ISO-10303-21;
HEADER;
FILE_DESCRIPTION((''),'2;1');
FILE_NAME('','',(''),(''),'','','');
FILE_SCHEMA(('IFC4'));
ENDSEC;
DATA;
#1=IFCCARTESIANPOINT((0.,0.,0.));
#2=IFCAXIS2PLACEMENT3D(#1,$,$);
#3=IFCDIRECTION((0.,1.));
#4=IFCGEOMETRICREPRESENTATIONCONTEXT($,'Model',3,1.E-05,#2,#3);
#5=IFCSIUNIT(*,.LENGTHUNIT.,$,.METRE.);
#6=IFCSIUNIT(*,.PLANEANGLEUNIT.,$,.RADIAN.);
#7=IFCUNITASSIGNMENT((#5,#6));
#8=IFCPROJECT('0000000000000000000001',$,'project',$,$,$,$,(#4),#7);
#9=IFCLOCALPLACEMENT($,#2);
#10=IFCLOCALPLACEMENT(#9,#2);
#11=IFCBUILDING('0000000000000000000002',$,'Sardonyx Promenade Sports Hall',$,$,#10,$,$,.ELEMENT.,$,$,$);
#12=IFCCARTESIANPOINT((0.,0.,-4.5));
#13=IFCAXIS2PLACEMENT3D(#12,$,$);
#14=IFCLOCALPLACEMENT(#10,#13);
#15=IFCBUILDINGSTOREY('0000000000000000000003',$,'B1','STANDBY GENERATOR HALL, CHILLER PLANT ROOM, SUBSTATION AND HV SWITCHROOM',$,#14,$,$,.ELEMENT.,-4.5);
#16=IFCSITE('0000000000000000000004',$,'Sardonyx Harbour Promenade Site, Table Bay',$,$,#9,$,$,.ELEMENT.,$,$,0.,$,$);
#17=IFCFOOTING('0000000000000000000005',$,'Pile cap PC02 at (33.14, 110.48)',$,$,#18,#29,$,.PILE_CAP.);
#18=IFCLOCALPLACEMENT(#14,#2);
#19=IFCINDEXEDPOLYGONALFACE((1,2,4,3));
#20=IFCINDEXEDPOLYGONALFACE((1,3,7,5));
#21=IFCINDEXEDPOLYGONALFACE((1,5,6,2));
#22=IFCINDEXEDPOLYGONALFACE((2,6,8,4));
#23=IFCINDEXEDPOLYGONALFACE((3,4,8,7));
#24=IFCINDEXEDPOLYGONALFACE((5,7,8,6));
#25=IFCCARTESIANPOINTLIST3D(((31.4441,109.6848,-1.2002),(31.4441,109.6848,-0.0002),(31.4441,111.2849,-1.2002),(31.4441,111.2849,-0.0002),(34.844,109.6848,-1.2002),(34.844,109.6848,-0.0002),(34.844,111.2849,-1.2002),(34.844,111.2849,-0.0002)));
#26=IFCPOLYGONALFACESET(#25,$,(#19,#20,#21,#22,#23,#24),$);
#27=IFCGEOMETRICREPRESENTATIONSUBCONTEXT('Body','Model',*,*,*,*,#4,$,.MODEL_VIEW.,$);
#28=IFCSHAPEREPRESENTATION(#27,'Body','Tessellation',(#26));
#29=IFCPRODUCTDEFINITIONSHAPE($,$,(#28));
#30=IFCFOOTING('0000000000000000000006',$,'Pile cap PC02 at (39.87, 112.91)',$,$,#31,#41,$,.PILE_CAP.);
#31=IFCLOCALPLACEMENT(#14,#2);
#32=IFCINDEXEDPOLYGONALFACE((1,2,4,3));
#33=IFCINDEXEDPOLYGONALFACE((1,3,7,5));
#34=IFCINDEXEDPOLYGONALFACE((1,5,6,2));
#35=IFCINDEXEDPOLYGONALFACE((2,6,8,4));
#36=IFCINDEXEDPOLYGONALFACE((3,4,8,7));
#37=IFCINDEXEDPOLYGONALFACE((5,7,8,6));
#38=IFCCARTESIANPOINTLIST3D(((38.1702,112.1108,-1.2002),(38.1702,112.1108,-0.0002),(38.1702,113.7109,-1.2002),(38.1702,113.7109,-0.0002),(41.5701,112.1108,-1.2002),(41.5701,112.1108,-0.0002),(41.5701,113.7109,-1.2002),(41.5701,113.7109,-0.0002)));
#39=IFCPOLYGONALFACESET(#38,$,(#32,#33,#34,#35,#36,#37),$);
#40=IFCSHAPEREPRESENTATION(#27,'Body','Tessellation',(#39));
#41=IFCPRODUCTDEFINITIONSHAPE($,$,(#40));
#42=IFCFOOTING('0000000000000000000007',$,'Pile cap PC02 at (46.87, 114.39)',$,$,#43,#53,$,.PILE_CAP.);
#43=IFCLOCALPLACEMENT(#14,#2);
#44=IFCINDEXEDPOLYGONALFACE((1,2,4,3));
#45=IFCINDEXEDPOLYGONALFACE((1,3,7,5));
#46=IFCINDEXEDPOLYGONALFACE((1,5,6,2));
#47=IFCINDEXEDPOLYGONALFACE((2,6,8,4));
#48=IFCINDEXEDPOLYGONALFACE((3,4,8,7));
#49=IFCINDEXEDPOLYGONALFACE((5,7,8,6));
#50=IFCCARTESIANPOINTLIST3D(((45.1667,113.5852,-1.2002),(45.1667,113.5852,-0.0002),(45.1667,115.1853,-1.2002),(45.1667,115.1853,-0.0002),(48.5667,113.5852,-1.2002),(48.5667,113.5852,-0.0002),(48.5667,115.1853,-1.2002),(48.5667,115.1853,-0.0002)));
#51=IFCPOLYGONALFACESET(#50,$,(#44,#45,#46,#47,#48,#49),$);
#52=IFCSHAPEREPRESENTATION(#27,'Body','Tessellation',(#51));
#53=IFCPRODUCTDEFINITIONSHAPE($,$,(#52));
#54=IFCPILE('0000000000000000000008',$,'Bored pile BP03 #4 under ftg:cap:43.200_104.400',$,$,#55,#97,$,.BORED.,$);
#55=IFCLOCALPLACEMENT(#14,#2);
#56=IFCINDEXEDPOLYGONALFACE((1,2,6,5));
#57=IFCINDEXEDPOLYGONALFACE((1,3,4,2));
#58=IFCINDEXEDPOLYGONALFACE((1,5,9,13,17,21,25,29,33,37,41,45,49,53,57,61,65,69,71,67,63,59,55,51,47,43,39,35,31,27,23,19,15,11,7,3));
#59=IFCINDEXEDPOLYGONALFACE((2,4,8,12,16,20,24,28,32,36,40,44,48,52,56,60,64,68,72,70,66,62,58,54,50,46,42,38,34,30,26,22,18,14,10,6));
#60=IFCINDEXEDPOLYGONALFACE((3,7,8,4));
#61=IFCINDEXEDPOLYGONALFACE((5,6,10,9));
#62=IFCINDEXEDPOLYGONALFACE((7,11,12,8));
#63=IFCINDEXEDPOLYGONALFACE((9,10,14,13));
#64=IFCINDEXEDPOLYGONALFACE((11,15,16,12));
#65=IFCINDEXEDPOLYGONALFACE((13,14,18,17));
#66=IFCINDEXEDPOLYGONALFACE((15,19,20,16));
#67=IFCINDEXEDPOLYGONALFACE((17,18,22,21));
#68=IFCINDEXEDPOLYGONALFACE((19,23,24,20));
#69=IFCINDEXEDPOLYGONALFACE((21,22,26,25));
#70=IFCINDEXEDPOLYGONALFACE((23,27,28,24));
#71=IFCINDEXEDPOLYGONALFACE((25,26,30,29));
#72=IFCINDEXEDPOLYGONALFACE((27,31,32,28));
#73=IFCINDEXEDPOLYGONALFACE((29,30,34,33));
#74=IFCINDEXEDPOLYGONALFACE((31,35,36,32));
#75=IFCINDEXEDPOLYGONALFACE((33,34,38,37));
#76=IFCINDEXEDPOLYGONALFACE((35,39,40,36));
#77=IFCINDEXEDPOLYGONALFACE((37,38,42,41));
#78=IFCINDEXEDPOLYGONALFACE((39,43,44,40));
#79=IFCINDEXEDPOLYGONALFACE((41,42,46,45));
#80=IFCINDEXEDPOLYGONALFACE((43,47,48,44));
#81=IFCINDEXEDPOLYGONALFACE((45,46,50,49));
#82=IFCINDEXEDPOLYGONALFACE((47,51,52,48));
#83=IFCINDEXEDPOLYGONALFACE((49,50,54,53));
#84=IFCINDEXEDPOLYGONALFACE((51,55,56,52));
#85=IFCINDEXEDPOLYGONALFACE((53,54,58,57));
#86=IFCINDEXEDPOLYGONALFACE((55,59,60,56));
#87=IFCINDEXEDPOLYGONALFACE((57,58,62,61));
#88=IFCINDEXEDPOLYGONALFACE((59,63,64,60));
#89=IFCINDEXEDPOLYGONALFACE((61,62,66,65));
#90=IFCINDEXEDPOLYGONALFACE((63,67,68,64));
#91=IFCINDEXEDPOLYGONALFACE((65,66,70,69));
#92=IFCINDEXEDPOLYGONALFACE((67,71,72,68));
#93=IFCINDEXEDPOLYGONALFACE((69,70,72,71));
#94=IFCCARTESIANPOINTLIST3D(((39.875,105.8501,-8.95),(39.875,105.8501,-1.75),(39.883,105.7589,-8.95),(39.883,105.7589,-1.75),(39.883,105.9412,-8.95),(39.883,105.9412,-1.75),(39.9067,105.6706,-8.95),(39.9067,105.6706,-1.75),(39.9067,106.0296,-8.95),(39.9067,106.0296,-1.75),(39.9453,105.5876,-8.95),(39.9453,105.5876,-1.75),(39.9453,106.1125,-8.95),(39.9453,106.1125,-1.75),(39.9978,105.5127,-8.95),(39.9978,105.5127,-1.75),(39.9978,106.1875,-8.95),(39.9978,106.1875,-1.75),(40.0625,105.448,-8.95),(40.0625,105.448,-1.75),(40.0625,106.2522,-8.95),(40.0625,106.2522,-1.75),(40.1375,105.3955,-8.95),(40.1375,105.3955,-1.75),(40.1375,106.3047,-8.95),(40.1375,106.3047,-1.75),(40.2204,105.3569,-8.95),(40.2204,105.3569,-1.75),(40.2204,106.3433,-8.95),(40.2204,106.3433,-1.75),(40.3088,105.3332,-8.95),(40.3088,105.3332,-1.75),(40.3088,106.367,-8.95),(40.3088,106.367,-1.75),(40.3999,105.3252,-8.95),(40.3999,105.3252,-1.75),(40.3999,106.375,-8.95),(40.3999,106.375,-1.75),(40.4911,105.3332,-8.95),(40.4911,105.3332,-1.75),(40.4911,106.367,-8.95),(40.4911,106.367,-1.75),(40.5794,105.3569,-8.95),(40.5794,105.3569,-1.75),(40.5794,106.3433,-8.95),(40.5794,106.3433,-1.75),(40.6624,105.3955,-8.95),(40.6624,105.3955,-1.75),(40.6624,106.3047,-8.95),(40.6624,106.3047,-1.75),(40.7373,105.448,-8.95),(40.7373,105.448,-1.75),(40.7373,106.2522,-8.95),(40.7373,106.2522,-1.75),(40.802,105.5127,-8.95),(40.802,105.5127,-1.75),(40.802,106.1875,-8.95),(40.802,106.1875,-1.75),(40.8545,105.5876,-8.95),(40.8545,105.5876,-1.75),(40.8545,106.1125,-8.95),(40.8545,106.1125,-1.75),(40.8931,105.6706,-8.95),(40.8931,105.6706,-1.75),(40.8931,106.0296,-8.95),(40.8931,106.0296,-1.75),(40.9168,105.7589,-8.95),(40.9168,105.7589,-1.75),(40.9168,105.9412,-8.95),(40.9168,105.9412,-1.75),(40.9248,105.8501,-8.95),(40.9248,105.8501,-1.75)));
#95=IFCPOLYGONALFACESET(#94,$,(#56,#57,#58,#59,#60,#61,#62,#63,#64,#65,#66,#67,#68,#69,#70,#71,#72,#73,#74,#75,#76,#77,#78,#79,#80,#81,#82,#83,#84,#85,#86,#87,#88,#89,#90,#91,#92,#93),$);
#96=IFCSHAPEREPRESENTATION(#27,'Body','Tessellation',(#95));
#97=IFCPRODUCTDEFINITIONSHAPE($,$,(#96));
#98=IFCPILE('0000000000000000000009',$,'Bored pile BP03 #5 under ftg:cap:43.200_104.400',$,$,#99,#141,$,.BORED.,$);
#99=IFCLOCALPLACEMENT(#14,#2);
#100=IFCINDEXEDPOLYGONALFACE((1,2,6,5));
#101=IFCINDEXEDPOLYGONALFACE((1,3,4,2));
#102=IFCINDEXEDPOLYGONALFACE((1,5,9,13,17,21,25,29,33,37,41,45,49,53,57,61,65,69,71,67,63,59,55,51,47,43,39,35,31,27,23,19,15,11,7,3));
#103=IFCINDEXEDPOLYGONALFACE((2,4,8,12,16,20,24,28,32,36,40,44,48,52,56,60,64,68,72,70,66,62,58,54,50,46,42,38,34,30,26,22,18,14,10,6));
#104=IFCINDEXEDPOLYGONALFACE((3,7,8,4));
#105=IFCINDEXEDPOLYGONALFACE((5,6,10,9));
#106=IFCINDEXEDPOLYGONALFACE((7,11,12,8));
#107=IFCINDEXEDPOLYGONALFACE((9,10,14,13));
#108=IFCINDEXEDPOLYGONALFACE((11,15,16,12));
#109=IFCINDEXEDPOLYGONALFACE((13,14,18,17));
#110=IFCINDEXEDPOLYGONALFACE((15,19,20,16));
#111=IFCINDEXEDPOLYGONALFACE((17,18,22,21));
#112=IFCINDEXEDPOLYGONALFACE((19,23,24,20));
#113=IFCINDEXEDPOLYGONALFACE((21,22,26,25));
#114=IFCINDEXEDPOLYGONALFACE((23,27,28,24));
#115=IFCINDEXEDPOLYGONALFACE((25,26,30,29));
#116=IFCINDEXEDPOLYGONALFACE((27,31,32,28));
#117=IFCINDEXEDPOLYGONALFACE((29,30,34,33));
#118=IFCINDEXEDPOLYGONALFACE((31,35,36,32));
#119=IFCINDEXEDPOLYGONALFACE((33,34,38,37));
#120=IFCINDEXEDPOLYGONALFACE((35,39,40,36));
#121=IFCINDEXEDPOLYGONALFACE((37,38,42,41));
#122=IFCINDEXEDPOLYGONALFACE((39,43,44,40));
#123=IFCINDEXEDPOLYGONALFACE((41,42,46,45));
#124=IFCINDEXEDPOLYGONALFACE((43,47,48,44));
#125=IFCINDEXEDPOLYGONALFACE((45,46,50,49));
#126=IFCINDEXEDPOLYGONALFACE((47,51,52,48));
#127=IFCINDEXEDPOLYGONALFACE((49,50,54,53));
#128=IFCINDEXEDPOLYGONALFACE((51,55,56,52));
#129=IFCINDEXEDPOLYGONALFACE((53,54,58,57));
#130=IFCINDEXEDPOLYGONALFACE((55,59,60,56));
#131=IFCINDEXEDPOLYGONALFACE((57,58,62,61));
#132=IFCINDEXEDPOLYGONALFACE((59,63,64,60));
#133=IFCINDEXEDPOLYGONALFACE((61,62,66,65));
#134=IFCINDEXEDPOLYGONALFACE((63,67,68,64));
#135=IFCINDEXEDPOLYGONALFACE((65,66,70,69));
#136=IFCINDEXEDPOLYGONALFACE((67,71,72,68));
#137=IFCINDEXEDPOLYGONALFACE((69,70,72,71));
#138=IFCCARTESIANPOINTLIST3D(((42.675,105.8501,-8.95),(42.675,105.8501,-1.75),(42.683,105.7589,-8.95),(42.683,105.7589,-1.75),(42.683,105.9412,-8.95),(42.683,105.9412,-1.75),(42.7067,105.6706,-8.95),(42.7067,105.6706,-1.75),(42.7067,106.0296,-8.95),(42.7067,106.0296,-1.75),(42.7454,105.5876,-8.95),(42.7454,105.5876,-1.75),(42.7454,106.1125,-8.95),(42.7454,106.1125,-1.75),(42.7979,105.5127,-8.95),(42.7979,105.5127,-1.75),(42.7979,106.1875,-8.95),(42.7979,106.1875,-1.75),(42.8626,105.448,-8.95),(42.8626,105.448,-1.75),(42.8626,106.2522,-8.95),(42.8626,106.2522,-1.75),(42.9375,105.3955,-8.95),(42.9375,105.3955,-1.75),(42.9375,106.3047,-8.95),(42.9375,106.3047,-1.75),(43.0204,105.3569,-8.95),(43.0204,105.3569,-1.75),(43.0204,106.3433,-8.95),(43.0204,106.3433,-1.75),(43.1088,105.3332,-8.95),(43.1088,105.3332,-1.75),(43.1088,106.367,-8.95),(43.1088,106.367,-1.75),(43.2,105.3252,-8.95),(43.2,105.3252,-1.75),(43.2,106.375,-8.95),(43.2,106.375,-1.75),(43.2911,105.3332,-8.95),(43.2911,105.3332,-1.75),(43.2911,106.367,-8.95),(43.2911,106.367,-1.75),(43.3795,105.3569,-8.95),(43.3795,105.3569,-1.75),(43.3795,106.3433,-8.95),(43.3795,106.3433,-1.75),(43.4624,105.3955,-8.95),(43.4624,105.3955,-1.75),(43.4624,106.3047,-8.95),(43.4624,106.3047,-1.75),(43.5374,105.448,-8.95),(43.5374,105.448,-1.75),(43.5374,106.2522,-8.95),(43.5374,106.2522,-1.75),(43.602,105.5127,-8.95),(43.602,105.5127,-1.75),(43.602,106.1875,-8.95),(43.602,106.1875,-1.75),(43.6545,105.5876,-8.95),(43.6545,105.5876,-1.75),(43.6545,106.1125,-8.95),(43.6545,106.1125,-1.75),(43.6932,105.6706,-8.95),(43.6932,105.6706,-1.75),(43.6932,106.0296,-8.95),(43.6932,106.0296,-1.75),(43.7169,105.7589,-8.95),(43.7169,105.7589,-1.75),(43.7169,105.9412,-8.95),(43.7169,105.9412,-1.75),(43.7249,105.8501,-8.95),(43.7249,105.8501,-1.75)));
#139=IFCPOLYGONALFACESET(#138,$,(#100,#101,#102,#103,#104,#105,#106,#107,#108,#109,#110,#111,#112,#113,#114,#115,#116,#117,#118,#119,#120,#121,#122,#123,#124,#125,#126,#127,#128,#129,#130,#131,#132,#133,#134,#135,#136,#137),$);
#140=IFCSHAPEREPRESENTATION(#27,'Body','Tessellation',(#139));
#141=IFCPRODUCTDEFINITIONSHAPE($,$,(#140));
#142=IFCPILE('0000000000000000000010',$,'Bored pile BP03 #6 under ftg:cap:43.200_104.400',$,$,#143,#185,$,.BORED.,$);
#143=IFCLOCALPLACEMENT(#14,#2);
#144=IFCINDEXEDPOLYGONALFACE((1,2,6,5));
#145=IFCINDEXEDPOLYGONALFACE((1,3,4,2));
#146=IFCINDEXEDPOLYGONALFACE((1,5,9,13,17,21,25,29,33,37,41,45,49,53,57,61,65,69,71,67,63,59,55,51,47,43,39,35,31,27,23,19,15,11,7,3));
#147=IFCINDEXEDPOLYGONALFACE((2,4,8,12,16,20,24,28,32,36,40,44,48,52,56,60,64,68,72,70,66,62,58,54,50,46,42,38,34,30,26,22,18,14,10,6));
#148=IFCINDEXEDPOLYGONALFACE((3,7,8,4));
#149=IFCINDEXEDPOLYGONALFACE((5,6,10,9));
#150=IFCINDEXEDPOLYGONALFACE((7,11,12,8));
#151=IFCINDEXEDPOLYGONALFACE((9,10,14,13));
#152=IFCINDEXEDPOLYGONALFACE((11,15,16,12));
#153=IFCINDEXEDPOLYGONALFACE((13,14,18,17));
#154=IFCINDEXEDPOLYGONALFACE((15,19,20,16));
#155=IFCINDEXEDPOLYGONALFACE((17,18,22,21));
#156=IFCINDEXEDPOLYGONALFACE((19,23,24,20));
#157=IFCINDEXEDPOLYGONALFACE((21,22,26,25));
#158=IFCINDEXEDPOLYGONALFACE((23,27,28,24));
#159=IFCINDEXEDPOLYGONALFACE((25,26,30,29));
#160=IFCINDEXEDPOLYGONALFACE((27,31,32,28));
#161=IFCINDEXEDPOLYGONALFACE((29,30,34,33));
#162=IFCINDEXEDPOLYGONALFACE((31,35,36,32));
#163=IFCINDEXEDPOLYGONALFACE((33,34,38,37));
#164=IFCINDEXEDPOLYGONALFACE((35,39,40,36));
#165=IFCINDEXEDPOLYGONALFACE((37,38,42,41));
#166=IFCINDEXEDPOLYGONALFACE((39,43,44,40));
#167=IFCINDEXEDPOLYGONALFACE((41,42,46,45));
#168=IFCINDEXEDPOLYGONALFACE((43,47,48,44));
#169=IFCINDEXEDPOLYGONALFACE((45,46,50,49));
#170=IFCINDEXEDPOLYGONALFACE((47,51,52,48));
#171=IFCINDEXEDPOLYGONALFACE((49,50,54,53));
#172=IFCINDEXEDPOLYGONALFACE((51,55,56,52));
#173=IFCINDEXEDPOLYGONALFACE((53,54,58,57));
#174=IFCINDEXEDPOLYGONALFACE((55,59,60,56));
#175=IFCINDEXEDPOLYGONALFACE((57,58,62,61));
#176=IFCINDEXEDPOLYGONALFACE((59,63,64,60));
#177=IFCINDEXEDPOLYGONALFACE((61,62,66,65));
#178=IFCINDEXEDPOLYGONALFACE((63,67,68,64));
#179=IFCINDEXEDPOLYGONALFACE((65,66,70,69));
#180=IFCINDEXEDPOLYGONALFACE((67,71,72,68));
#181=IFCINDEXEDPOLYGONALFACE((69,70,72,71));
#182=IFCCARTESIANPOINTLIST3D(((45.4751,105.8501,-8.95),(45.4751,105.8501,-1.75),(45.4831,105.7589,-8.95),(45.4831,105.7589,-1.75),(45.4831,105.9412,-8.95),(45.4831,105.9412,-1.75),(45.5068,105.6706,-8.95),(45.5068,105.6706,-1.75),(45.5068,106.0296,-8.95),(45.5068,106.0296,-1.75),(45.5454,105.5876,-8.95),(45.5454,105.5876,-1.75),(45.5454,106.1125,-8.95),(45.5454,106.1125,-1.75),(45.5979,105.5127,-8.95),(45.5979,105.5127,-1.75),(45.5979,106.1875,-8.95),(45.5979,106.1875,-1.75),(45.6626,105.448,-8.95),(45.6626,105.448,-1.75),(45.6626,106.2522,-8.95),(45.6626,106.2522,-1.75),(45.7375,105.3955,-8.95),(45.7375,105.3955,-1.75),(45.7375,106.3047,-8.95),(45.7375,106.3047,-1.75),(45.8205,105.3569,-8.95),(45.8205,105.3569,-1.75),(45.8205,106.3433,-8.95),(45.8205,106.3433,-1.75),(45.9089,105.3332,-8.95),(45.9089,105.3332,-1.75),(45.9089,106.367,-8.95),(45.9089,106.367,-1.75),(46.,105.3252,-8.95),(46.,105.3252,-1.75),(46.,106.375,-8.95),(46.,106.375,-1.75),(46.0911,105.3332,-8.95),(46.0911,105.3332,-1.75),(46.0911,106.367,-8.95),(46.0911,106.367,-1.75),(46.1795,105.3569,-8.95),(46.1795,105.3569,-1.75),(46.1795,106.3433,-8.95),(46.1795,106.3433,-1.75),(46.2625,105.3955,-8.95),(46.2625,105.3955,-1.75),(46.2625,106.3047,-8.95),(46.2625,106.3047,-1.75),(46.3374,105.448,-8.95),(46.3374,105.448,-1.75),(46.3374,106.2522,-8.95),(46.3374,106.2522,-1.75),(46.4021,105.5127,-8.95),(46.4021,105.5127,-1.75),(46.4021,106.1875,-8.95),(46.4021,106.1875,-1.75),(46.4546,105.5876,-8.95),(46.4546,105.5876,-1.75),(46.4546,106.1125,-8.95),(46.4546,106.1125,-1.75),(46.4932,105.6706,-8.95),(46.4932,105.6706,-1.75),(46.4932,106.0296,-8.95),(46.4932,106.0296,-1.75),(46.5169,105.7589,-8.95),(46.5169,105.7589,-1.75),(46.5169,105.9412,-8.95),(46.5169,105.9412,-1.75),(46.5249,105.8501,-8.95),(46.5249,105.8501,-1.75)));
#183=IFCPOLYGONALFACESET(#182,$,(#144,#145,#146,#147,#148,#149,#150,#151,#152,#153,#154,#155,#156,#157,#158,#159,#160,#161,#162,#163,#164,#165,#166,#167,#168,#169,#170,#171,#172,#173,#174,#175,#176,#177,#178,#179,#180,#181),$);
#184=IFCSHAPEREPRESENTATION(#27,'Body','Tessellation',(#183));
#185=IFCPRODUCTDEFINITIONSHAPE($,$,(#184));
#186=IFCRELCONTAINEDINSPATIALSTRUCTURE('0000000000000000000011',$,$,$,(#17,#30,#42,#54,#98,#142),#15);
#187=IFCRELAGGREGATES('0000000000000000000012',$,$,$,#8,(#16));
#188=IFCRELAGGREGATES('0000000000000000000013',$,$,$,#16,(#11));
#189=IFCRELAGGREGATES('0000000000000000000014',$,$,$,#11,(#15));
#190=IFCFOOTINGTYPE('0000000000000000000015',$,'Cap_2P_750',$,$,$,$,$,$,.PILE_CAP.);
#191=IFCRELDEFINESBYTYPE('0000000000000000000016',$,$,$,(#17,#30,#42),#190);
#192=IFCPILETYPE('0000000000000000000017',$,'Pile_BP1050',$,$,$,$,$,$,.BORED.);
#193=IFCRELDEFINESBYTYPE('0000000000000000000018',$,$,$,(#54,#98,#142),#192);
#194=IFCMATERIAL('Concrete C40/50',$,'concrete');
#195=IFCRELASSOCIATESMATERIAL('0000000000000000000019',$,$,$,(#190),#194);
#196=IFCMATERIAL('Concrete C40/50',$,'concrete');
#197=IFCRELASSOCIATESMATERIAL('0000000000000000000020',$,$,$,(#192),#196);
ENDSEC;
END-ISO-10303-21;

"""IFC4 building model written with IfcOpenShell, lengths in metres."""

from ifc_helpers import new_model, si_unit, direction, frame, origin, origin_2d, place, context, subcontext, project, spatial, rectangle, circle, extrude, material, material_profile, profile_set, type_object, element, save


model = new_model("IFC4")

# Units and contexts
model_context = context("Model", 3, precision=1e-05, world=origin(), true_north=direction((0.0, 1.0)))
body_context = subcontext(model_context, "Body", "Model", "MODEL_VIEW")
ifc_project = project(units=[si_unit("LENGTHUNIT", "METRE"), si_unit("PLANEANGLEUNIT", "RADIAN")], contexts=[model_context])

# Site, building, storey
site_placement = place(None, origin())
site = spatial("IfcSite", under=ifc_project, at=site_placement, Name="Sardonyx Harbour Promenade Site, Table Bay", CompositionType="ELEMENT", RefElevation=0.0)
building_placement = place(site_placement, origin())
building = spatial("IfcBuilding", under=site, at=building_placement, Name="Sardonyx Promenade Sports Hall", CompositionType="ELEMENT")
storey_placement = place(building_placement, frame((0.0, 0.0, -4.5)))
storey = spatial("IfcBuildingStorey", under=building, at=storey_placement, Name="B1", Description="STANDBY GENERATOR HALL, CHILLER PLANT ROOM, SUBSTATION AND HV SWITCHROOM", CompositionType="ELEMENT", Elevation=-4.5)

# Footings
ifc_material_1 = material(Name="Concrete C40/50", Category="concrete")
footing_type = type_object("IfcFootingType", Name="Cap_2P_750", PredefinedType="PILE_CAP", material=ifc_material_1)
for number, where, z_axis, x_axis, name in (
    (1, (33.144, 110.4849, -1.2002), (0.0, 0.0, 1.0), (1.0, 0.0, 0.0), "Pile cap PC02 at (33.14, 110.48)"),
    (2, (39.8701, 112.9109, -1.2002), (0.0, 0.0, 1.0), (1.0, 0.0, 0.0), "Pile cap PC02 at (39.87, 112.91)"),
    (3, (46.8667, 114.3853, -1.2002), (0.0, 0.0, 1.0), (1.0, 0.0, 0.0), "Pile cap PC02 at (46.87, 114.39)"),
):
    element("IfcFooting", number, at=place(storey_placement, frame(where, z_axis=z_axis, x_axis=x_axis)), inside=storey, type_object=footing_type, Name=name, PredefinedType="PILE_CAP", context=body_context, shape_type="SweptSolid", body=[
        extrude(rectangle(XDim=3.3999, YDim=1.6001, at=origin_2d()), origin(), (0.0, 0.0, 1.0), 1.2),
    ])

# Piles
ifc_material_2 = material(Name="Concrete C40/50", Category="concrete")
ifc_material_profile_1 = material_profile(ifc_material_2, circle(Radius=0.5249, at=origin_2d()))
ifc_profile_set_1 = profile_set([ifc_material_profile_1], Name="Concrete C40/50")
pile_type_1 = type_object("IfcPileType", Name="Pile_BP1050", PredefinedType="BORED", material=ifc_profile_set_1)
for number, where, z_axis, x_axis, name in (
    (4, (40.3999, 105.8501, -1.75), (0.0, 0.0, -1.0), (1.0, 0.0, 0.0), "Bored pile BP03 #4 under ftg:cap:43.200_104.400"),
    (5, (43.2, 105.8501, -1.75), (0.0, 0.0, -1.0), (1.0, 0.0, 0.0), "Bored pile BP03 #5 under ftg:cap:43.200_104.400"),
    (6, (46.0, 105.8501, -1.75), (0.0, 0.0, -1.0), (1.0, 0.0, 0.0), "Bored pile BP03 #6 under ftg:cap:43.200_104.400"),
):
    element("IfcPile", number, at=place(storey_placement, frame(where, z_axis=z_axis, x_axis=x_axis)), inside=storey, type_object=pile_type_1, Name=name, PredefinedType="BORED", context=body_context, shape_type="SweptSolid", body=[
        extrude(circle(Radius=0.5249, at=origin_2d()), origin(), (0.0, 0.0, 1.0), 7.2),
    ])

save(model, "model.ifc")
